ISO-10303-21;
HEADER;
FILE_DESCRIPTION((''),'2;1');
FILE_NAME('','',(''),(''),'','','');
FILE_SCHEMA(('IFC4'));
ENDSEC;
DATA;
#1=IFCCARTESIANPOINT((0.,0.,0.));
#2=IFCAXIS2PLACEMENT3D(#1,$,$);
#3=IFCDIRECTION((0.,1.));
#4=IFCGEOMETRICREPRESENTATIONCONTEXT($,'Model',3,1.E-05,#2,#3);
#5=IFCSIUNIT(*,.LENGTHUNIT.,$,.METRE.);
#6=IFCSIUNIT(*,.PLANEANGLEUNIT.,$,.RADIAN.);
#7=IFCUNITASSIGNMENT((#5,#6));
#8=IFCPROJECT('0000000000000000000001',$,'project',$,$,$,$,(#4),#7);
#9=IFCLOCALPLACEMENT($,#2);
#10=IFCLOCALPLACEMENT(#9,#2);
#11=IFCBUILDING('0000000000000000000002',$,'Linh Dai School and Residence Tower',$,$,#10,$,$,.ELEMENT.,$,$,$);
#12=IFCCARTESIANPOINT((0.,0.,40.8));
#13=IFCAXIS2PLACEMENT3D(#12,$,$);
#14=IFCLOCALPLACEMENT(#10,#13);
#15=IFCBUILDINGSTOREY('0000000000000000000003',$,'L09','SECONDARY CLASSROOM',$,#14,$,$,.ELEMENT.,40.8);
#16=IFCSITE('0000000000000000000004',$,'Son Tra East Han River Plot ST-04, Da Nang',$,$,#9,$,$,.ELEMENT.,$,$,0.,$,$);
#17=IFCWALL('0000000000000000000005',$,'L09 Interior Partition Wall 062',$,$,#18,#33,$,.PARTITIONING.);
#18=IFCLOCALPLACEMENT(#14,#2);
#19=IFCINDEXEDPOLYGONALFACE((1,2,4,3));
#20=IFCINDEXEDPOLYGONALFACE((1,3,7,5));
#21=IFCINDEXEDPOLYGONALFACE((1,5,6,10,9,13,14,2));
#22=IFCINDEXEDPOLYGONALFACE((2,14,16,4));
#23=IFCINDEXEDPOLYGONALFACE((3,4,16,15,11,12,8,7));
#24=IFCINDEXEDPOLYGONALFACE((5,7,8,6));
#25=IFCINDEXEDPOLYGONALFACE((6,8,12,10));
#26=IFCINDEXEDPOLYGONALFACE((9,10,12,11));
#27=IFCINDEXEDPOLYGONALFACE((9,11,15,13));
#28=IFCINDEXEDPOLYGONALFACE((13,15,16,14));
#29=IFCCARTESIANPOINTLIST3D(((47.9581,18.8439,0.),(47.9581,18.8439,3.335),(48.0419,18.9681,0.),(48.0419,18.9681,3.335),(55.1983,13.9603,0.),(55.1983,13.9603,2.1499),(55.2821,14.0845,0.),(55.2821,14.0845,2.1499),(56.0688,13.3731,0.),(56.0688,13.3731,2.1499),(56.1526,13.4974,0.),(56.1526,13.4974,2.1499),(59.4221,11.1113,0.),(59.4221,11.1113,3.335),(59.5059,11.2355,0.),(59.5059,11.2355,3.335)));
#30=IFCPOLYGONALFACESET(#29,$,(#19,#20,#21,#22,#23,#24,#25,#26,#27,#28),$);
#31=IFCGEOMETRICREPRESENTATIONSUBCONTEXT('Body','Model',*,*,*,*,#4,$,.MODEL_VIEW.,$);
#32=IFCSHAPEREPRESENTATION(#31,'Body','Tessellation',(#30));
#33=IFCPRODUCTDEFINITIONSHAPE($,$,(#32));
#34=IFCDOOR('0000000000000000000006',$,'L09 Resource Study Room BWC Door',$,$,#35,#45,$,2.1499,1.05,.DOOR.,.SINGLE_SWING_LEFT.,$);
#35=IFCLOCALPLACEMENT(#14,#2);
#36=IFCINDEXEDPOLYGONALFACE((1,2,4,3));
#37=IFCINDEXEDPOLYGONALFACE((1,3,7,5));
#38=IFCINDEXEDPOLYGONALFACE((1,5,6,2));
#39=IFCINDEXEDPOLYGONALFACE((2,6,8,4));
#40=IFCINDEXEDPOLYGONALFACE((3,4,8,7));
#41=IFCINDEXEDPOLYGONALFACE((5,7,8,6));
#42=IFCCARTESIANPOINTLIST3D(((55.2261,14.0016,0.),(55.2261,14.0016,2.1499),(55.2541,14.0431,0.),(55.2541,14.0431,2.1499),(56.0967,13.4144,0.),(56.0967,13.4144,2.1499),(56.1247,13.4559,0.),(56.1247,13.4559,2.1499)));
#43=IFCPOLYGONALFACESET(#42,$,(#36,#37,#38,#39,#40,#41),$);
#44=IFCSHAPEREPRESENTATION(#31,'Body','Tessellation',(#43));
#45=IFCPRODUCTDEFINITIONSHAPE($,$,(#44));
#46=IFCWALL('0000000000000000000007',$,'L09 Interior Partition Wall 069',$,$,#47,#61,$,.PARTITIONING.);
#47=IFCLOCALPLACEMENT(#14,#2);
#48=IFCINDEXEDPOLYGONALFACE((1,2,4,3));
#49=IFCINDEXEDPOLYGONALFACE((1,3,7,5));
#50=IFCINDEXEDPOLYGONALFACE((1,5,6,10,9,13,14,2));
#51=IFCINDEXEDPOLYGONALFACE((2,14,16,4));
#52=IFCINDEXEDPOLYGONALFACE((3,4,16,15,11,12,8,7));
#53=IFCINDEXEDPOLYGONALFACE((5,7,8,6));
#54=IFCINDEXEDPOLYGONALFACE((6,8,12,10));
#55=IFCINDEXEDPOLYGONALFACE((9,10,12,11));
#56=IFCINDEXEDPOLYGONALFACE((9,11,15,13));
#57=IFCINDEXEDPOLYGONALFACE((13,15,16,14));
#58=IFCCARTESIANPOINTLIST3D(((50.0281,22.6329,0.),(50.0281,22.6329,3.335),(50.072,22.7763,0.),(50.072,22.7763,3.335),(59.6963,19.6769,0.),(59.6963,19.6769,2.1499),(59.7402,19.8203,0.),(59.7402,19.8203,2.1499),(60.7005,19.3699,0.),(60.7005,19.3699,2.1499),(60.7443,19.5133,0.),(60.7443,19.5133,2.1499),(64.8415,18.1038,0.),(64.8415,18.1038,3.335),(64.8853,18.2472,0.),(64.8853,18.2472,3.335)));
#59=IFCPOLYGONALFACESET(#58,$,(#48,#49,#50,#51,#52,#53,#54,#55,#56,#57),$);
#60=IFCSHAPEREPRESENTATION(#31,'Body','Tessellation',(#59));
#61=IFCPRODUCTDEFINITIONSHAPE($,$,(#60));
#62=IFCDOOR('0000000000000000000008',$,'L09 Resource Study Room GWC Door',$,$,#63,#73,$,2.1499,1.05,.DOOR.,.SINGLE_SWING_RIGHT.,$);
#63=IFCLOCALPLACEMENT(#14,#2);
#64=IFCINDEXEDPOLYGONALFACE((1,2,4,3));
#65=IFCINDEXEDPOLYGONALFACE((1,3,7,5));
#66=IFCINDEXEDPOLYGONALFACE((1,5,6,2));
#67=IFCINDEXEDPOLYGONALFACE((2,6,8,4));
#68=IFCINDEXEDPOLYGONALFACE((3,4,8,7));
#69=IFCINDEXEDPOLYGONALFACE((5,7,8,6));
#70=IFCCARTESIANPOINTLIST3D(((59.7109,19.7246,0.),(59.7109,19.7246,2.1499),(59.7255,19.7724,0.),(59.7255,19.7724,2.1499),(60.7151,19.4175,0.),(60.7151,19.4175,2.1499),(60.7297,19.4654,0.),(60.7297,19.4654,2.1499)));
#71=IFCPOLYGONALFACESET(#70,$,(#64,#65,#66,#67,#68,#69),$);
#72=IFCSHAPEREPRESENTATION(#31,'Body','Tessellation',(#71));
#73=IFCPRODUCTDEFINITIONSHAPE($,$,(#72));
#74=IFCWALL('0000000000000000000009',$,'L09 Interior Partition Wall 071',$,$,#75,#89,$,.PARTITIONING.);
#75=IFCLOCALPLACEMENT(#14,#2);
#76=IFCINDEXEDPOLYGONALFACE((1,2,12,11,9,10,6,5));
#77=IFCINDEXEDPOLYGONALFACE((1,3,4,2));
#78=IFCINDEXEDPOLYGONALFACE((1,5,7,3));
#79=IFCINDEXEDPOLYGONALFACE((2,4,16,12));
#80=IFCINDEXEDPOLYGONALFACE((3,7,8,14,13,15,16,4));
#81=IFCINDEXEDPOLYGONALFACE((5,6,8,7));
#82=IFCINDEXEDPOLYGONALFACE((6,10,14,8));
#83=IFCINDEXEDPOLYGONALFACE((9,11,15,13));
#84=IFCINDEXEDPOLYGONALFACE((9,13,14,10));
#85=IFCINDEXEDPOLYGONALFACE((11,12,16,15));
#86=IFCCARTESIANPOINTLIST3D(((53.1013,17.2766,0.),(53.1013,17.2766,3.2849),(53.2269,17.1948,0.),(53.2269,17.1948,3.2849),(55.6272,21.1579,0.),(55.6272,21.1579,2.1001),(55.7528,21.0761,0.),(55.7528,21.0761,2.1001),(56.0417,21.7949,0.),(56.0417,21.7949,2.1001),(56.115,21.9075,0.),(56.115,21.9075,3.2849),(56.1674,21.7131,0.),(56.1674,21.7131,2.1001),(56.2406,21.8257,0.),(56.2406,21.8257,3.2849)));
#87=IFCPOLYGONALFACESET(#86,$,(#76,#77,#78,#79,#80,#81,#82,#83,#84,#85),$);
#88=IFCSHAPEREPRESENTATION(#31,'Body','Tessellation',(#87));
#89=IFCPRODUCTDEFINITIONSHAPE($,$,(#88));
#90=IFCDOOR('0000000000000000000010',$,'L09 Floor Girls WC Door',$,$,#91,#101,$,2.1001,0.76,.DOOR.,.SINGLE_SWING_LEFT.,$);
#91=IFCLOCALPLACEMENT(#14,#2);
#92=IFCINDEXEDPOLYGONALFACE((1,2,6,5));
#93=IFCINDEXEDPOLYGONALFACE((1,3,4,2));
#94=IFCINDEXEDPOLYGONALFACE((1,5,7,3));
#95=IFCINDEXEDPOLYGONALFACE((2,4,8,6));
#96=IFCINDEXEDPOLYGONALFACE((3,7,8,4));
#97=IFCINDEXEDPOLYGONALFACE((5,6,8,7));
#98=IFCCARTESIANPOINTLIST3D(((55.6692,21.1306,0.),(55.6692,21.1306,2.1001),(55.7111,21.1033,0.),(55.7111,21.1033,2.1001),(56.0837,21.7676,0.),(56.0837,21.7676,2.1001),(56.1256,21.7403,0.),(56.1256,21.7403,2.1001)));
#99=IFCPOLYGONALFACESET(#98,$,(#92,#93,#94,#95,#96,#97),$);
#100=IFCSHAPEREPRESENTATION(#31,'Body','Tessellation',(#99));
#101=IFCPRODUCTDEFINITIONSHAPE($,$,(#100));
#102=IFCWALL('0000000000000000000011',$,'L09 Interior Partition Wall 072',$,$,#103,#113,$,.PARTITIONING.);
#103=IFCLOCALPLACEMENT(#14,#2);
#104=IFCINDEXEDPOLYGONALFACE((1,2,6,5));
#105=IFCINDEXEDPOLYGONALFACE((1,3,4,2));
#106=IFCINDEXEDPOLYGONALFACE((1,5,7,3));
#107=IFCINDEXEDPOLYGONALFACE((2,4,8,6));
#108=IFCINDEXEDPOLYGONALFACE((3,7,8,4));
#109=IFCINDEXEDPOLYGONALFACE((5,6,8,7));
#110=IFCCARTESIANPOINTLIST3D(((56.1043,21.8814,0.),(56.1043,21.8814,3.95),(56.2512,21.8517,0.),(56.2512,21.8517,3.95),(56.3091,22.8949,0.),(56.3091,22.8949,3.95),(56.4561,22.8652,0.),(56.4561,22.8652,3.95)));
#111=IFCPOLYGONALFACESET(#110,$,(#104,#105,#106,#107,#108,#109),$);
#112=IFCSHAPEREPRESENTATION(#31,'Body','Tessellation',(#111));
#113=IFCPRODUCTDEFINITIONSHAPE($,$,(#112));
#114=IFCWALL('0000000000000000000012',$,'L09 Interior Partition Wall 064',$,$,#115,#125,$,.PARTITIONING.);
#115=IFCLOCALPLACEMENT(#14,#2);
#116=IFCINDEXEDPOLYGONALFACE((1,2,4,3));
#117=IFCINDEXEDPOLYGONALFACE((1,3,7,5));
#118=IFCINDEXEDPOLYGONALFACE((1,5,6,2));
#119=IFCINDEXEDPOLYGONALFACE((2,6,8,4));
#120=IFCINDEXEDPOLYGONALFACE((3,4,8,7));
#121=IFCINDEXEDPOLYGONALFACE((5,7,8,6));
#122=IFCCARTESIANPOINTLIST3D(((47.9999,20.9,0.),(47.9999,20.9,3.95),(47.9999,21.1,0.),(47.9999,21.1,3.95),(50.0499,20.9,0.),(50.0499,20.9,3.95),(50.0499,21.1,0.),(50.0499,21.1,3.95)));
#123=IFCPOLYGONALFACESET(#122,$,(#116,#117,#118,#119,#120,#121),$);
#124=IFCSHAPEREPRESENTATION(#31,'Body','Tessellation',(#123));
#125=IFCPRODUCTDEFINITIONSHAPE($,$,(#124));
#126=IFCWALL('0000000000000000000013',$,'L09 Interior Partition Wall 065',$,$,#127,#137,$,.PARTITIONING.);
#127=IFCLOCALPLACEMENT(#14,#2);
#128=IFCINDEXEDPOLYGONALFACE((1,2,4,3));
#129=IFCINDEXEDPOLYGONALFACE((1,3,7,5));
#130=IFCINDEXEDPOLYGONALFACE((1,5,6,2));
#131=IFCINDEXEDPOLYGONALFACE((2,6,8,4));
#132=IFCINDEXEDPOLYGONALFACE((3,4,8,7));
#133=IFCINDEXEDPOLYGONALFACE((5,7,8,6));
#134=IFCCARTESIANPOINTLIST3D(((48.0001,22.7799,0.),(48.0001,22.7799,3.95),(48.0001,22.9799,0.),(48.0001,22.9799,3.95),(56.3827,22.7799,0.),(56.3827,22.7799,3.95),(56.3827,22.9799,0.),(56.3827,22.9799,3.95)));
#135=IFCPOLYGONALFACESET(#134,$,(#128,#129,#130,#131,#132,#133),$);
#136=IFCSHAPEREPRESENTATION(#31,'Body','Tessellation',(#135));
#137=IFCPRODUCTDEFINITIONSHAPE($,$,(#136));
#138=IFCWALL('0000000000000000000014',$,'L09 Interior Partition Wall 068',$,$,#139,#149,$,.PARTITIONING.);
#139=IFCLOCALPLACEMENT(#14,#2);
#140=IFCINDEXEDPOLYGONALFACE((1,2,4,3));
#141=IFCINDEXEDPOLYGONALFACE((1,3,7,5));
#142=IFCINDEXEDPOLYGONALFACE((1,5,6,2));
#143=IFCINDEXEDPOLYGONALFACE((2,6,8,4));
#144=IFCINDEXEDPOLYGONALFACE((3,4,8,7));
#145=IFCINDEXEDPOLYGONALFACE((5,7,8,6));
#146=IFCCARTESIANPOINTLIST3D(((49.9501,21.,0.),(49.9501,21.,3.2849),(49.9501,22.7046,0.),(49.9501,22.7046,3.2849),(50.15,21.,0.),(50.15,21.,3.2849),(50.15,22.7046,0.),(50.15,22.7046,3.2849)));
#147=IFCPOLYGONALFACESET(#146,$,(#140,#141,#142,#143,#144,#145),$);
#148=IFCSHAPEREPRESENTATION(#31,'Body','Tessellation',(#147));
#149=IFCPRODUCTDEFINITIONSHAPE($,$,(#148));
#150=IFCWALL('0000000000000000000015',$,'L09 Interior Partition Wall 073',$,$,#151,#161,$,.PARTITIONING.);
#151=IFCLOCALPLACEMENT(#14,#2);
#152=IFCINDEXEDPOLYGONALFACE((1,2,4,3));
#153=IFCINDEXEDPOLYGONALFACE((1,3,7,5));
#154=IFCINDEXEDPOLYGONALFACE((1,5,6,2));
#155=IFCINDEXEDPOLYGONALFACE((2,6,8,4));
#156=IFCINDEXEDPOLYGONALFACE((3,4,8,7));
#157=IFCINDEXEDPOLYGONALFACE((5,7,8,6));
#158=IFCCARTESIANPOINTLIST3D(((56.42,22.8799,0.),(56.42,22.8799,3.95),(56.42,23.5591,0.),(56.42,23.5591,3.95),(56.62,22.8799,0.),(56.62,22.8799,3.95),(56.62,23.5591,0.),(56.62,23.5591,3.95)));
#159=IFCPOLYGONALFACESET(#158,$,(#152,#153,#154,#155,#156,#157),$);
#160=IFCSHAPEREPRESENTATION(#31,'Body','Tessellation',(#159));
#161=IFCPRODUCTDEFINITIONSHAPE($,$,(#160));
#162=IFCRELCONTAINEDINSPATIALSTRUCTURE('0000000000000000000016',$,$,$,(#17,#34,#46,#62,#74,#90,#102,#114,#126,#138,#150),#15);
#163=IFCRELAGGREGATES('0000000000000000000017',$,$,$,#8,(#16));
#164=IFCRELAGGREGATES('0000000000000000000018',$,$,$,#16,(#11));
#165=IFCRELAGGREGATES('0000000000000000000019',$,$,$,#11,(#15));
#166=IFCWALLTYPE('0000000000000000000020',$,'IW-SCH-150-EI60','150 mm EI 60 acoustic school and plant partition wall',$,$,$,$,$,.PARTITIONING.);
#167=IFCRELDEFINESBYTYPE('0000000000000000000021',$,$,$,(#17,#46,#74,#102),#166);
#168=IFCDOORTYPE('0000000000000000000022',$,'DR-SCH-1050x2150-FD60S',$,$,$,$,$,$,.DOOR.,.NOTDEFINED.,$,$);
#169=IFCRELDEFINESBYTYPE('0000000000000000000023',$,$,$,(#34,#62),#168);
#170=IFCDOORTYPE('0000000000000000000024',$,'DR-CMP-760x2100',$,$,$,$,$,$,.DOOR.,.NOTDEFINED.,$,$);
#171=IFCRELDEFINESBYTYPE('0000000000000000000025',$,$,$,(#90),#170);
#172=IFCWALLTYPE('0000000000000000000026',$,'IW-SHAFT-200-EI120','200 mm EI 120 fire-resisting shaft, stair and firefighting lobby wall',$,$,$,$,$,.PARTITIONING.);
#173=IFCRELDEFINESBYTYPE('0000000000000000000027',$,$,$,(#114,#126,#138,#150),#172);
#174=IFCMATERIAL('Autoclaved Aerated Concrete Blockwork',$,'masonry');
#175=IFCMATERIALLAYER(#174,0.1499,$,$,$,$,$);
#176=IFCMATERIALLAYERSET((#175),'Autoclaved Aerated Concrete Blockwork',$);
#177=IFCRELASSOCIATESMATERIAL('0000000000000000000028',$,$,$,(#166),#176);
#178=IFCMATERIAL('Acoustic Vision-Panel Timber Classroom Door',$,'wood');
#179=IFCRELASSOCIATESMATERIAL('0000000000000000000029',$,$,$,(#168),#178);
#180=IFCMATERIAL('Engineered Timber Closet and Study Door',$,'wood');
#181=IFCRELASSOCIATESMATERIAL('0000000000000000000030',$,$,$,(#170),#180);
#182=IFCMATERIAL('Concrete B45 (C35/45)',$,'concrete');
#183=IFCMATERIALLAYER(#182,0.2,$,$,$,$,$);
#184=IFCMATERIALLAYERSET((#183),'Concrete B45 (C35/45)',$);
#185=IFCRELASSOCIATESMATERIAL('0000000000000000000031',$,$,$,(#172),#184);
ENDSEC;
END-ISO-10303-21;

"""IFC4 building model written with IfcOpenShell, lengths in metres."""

from ifc_helpers import new_model, si_unit, direction, frame, frame_2d, origin, origin_2d, place, context, subcontext, project, spatial, rectangle, extrude, source, transform, mapped, material, layer, layer_set, type_object, element, fill, save


model = new_model("IFC4")

# Units and contexts
model_context = context("Model", 3, precision=1e-05, world=origin(), true_north=direction((0.0, 1.0)))
body_context = subcontext(model_context, "Body", "Model", "MODEL_VIEW")
ifc_project = project(units=[si_unit("LENGTHUNIT", "METRE"), si_unit("PLANEANGLEUNIT", "RADIAN")], contexts=[model_context])

# Site, building, storey
site_placement = place(None, origin())
site = spatial("IfcSite", under=ifc_project, at=site_placement, Name="Son Tra East Han River Plot ST-04, Da Nang", CompositionType="ELEMENT", RefElevation=0.0)
building_placement = place(site_placement, origin())
building = spatial("IfcBuilding", under=site, at=building_placement, Name="Linh Dai School and Residence Tower", CompositionType="ELEMENT")
storey_placement = place(building_placement, frame((0.0, 0.0, 40.8)))
storey = spatial("IfcBuildingStorey", under=building, at=storey_placement, Name="L09", Description="SECONDARY CLASSROOM", CompositionType="ELEMENT", Elevation=40.8)

# Shared definitions
ifc_material_1 = material(Name="Autoclaved Aerated Concrete Blockwork", Category="masonry")

# Walls, openings, doors
ifc_layer_1 = layer(ifc_material_1, 0.1499)
ifc_layer_set_1 = layer_set([ifc_layer_1], Name="Autoclaved Aerated Concrete Blockwork")
wall_type_1 = type_object("IfcWallType", Name="IW-SCH-150-EI60", Description="150 mm EI 60 acoustic school and plant partition wall", PredefinedType="PARTITIONING", material=ifc_layer_set_1)
wall_1_placement = place(storey_placement, frame((48.0, 18.906, 0.0), z_axis=(0.0, 0.0, 1.0), x_axis=(0.829037, -0.559194, 0.0)))
wall_1 = element("IfcWall", 1, at=wall_1_placement, inside=storey, type_object=wall_type_1, Name="L09 Interior Partition Wall 062", PredefinedType="PARTITIONING", context=body_context, shape_type="SweptSolid", body=[
    extrude(rectangle(XDim=13.8281, YDim=0.1499, at=frame_2d((6.9141, 0.0))), origin(), (0.0, 0.0, 1.0), 3.335),
])
opening_1_placement = place(wall_1_placement, frame((8.7334, 0.0, 0.0)))
opening_1 = element("IfcOpeningElement", 2, at=opening_1_placement, cuts=wall_1, PredefinedType="OPENING", context=body_context, shape_type="SweptSolid", body=[
    extrude(rectangle(XDim=1.05, YDim=2.1499, at=origin_2d()), frame((0.5249, 0.085, 1.075), z_axis=(0.0, -1.0, 0.0), x_axis=(1.0, 0.0, 0.0)), (0.0, 0.0, 1.0), 0.1699),
])
ifc_material_2 = material(Name="Acoustic Vision-Panel Timber Classroom Door", Category="wood")
door_type_1 = type_object("IfcDoorType", Name="DR-SCH-1050x2150-FD60S", OperationType="NOTDEFINED", PredefinedType="DOOR", material=ifc_material_2)
shared_shape_1 = source(origin(), body_context, "Body", "SweptSolid", [
    extrude(rectangle(XDim=1.05, YDim=2.1499, at=origin_2d()), frame((0.5249, 0.0249, 1.075), z_axis=(0.0, -1.0, 0.0), x_axis=(1.0, 0.0, 0.0)), (0.0, 0.0, 1.0), 0.05),
])
door_1_placement = place(opening_1_placement, origin())
door_1 = element("IfcDoor", 3, at=door_1_placement, inside=storey, type_object=door_type_1, Name="L09 Resource Study Room BWC Door", OperationType="SINGLE_SWING_LEFT", OverallHeight=2.1499, OverallWidth=1.05, PredefinedType="DOOR", context=body_context, shape_type="MappedRepresentation", body=[
    mapped(shared_shape_1, transform((0.0, 0.0, 0.0), x_axis=(1.0, 0.0, 0.0), y_axis=(0.0, 1.0, 0.0), z_axis=(0.0, 0.0, 1.0), scale=1.0)),
])
fill(opening_1, door_1)
wall_2_placement = place(storey_placement, frame((50.05, 22.7046, 0.0), z_axis=(0.0, 0.0, 1.0), x_axis=(0.956301, -0.292383, 0.0)))
wall_2 = element("IfcWall", 4, at=wall_2_placement, inside=storey, type_object=wall_type_1, Name="L09 Interior Partition Wall 069", PredefinedType="PARTITIONING", context=body_context, shape_type="SweptSolid", body=[
    extrude(rectangle(XDim=15.4902, YDim=0.1499, at=frame_2d((7.7451, 0.0))), origin(), (0.0, 0.0, 1.0), 3.335),
])
opening_2_placement = place(wall_2_placement, frame((10.1101, 0.0, 0.0)))
opening_2 = element("IfcOpeningElement", 5, at=opening_2_placement, cuts=wall_2, PredefinedType="OPENING", context=body_context, shape_type="SweptSolid", body=[
    extrude(rectangle(XDim=1.05, YDim=2.1499, at=origin_2d()), frame((0.5249, 0.085, 1.075), z_axis=(0.0, -1.0, 0.0), x_axis=(1.0, 0.0, 0.0)), (0.0, 0.0, 1.0), 0.1699),
])
door_2_placement = place(opening_2_placement, origin())
door_2 = element("IfcDoor", 6, at=door_2_placement, inside=storey, type_object=door_type_1, Name="L09 Resource Study Room GWC Door", OperationType="SINGLE_SWING_RIGHT", OverallHeight=2.1499, OverallWidth=1.05, PredefinedType="DOOR", context=body_context, shape_type="MappedRepresentation", body=[
    mapped(shared_shape_1, transform((0.0, 0.0, 0.0), x_axis=(1.0, 0.0, 0.0), y_axis=(0.0, 1.0, 0.0), z_axis=(0.0, 0.0, 1.0), scale=1.0)),
])
fill(opening_2, door_2)
wall_3_placement = place(storey_placement, frame((53.1641, 17.2356, 0.0), z_axis=(0.0, 0.0, 1.0), x_axis=(0.545448, 0.838145, 0.0)))
wall_3 = element("IfcWall", 7, at=wall_3_placement, inside=storey, type_object=wall_type_1, Name="L09 Interior Partition Wall 071", PredefinedType="PARTITIONING", context=body_context, shape_type="SweptSolid", body=[
    extrude(rectangle(XDim=5.5251, YDim=0.1499, at=frame_2d((2.7627, 0.0))), origin(), (0.0, 0.0, 1.0), 3.2849),
])
opening_3_placement = place(wall_3_placement, frame((4.6311, 0.0, 0.0)))
opening_3 = element("IfcOpeningElement", 8, at=opening_3_placement, cuts=wall_3, PredefinedType="OPENING", context=body_context, shape_type="SweptSolid", body=[
    extrude(rectangle(XDim=0.76, YDim=2.1001, at=origin_2d()), frame((0.3799, 0.085, 1.05), z_axis=(0.0, -1.0, 0.0), x_axis=(1.0, 0.0, 0.0)), (0.0, 0.0, 1.0), 0.1699),
])
ifc_material_3 = material(Name="Engineered Timber Closet and Study Door", Category="wood")
door_type_2 = type_object("IfcDoorType", Name="DR-CMP-760x2100", OperationType="NOTDEFINED", PredefinedType="DOOR", material=ifc_material_3)
shared_shape_2 = source(origin(), body_context, "Body", "SweptSolid", [
    extrude(rectangle(XDim=0.76, YDim=2.1001, at=origin_2d()), frame((0.3799, 0.0249, 1.05), z_axis=(0.0, -1.0, 0.0), x_axis=(1.0, 0.0, 0.0)), (0.0, 0.0, 1.0), 0.05),
])
door_3_placement = place(opening_3_placement, origin())
door_3 = element("IfcDoor", 9, at=door_3_placement, inside=storey, type_object=door_type_2, Name="L09 Floor Girls WC Door", OperationType="SINGLE_SWING_LEFT", OverallHeight=2.1001, OverallWidth=0.76, PredefinedType="DOOR", context=body_context, shape_type="MappedRepresentation", body=[
    mapped(shared_shape_2, transform((0.0, 0.0, 0.0), x_axis=(1.0, 0.0, 0.0), y_axis=(0.0, 1.0, 0.0), z_axis=(0.0, 0.0, 1.0), scale=1.0)),
])
fill(opening_3, door_3)

# Wall
wall_4_placement = place(storey_placement, frame((56.1777, 21.8665, 0.0), z_axis=(0.0, 0.0, 1.0), x_axis=(0.198114, 0.980179, 0.0)))
element("IfcWall", 10, at=wall_4_placement, inside=storey, type_object=wall_type_1, Name="L09 Interior Partition Wall 072", PredefinedType="PARTITIONING", context=body_context, shape_type="SweptSolid", body=[
    extrude(rectangle(XDim=1.0339, YDim=0.1499, at=frame_2d((0.5171, 0.0))), origin(), (0.0, 0.0, 1.0), 3.95),
])

# Shared definitions
ifc_material_4 = material(Name="Concrete B45 (C35/45)", Category="concrete")
ifc_layer_2 = layer(ifc_material_4, 0.2)
ifc_layer_set_2 = layer_set([ifc_layer_2], Name="Concrete B45 (C35/45)")
wall_type_2 = type_object("IfcWallType", Name="IW-SHAFT-200-EI120", Description="200 mm EI 120 fire-resisting shaft, stair and firefighting lobby wall", PredefinedType="PARTITIONING", material=ifc_layer_set_2)

# Walls
wall_5_placement = place(storey_placement, frame((48.0, 21.0, 0.0), z_axis=(0.0, 0.0, 1.0), x_axis=(1.0, 0.0, 0.0)))
element("IfcWall", 11, at=wall_5_placement, inside=storey, type_object=wall_type_2, Name="L09 Interior Partition Wall 064", PredefinedType="PARTITIONING", context=body_context, shape_type="SweptSolid", body=[
    extrude(rectangle(XDim=2.05, YDim=0.2, at=frame_2d((1.0249, 0.0))), origin(), (0.0, 0.0, 1.0), 3.95),
])
wall_6_placement = place(storey_placement, frame((48.0, 22.8799, 0.0), z_axis=(0.0, 0.0, 1.0), x_axis=(1.0, 0.0, 0.0)))
element("IfcWall", 12, at=wall_6_placement, inside=storey, type_object=wall_type_2, Name="L09 Interior Partition Wall 065", PredefinedType="PARTITIONING", context=body_context, shape_type="SweptSolid", body=[
    extrude(rectangle(XDim=8.3826, YDim=0.2, at=frame_2d((4.1914, 0.0))), origin(), (0.0, 0.0, 1.0), 3.95),
])
wall_7_placement = place(storey_placement, frame((50.05, 21.0, 0.0), z_axis=(0.0, 0.0, 1.0), x_axis=(0.0, 1.0, 0.0)))
element("IfcWall", 13, at=wall_7_placement, inside=storey, type_object=wall_type_2, Name="L09 Interior Partition Wall 068", PredefinedType="PARTITIONING", context=body_context, shape_type="SweptSolid", body=[
    extrude(rectangle(XDim=1.7046, YDim=0.2, at=frame_2d((0.8523, 0.0))), origin(), (0.0, 0.0, 1.0), 3.2849),
])
wall_8_placement = place(storey_placement, frame((56.52, 22.8799, 0.0), z_axis=(0.0, 0.0, 1.0), x_axis=(0.0, 1.0, 0.0)))
element("IfcWall", 14, at=wall_8_placement, inside=storey, type_object=wall_type_2, Name="L09 Interior Partition Wall 073", PredefinedType="PARTITIONING", context=body_context, shape_type="SweptSolid", body=[
    extrude(rectangle(XDim=0.6792, YDim=0.2, at=frame_2d((0.3396, 0.0))), origin(), (0.0, 0.0, 1.0), 3.95),
])

save(model, "model.ifc")
